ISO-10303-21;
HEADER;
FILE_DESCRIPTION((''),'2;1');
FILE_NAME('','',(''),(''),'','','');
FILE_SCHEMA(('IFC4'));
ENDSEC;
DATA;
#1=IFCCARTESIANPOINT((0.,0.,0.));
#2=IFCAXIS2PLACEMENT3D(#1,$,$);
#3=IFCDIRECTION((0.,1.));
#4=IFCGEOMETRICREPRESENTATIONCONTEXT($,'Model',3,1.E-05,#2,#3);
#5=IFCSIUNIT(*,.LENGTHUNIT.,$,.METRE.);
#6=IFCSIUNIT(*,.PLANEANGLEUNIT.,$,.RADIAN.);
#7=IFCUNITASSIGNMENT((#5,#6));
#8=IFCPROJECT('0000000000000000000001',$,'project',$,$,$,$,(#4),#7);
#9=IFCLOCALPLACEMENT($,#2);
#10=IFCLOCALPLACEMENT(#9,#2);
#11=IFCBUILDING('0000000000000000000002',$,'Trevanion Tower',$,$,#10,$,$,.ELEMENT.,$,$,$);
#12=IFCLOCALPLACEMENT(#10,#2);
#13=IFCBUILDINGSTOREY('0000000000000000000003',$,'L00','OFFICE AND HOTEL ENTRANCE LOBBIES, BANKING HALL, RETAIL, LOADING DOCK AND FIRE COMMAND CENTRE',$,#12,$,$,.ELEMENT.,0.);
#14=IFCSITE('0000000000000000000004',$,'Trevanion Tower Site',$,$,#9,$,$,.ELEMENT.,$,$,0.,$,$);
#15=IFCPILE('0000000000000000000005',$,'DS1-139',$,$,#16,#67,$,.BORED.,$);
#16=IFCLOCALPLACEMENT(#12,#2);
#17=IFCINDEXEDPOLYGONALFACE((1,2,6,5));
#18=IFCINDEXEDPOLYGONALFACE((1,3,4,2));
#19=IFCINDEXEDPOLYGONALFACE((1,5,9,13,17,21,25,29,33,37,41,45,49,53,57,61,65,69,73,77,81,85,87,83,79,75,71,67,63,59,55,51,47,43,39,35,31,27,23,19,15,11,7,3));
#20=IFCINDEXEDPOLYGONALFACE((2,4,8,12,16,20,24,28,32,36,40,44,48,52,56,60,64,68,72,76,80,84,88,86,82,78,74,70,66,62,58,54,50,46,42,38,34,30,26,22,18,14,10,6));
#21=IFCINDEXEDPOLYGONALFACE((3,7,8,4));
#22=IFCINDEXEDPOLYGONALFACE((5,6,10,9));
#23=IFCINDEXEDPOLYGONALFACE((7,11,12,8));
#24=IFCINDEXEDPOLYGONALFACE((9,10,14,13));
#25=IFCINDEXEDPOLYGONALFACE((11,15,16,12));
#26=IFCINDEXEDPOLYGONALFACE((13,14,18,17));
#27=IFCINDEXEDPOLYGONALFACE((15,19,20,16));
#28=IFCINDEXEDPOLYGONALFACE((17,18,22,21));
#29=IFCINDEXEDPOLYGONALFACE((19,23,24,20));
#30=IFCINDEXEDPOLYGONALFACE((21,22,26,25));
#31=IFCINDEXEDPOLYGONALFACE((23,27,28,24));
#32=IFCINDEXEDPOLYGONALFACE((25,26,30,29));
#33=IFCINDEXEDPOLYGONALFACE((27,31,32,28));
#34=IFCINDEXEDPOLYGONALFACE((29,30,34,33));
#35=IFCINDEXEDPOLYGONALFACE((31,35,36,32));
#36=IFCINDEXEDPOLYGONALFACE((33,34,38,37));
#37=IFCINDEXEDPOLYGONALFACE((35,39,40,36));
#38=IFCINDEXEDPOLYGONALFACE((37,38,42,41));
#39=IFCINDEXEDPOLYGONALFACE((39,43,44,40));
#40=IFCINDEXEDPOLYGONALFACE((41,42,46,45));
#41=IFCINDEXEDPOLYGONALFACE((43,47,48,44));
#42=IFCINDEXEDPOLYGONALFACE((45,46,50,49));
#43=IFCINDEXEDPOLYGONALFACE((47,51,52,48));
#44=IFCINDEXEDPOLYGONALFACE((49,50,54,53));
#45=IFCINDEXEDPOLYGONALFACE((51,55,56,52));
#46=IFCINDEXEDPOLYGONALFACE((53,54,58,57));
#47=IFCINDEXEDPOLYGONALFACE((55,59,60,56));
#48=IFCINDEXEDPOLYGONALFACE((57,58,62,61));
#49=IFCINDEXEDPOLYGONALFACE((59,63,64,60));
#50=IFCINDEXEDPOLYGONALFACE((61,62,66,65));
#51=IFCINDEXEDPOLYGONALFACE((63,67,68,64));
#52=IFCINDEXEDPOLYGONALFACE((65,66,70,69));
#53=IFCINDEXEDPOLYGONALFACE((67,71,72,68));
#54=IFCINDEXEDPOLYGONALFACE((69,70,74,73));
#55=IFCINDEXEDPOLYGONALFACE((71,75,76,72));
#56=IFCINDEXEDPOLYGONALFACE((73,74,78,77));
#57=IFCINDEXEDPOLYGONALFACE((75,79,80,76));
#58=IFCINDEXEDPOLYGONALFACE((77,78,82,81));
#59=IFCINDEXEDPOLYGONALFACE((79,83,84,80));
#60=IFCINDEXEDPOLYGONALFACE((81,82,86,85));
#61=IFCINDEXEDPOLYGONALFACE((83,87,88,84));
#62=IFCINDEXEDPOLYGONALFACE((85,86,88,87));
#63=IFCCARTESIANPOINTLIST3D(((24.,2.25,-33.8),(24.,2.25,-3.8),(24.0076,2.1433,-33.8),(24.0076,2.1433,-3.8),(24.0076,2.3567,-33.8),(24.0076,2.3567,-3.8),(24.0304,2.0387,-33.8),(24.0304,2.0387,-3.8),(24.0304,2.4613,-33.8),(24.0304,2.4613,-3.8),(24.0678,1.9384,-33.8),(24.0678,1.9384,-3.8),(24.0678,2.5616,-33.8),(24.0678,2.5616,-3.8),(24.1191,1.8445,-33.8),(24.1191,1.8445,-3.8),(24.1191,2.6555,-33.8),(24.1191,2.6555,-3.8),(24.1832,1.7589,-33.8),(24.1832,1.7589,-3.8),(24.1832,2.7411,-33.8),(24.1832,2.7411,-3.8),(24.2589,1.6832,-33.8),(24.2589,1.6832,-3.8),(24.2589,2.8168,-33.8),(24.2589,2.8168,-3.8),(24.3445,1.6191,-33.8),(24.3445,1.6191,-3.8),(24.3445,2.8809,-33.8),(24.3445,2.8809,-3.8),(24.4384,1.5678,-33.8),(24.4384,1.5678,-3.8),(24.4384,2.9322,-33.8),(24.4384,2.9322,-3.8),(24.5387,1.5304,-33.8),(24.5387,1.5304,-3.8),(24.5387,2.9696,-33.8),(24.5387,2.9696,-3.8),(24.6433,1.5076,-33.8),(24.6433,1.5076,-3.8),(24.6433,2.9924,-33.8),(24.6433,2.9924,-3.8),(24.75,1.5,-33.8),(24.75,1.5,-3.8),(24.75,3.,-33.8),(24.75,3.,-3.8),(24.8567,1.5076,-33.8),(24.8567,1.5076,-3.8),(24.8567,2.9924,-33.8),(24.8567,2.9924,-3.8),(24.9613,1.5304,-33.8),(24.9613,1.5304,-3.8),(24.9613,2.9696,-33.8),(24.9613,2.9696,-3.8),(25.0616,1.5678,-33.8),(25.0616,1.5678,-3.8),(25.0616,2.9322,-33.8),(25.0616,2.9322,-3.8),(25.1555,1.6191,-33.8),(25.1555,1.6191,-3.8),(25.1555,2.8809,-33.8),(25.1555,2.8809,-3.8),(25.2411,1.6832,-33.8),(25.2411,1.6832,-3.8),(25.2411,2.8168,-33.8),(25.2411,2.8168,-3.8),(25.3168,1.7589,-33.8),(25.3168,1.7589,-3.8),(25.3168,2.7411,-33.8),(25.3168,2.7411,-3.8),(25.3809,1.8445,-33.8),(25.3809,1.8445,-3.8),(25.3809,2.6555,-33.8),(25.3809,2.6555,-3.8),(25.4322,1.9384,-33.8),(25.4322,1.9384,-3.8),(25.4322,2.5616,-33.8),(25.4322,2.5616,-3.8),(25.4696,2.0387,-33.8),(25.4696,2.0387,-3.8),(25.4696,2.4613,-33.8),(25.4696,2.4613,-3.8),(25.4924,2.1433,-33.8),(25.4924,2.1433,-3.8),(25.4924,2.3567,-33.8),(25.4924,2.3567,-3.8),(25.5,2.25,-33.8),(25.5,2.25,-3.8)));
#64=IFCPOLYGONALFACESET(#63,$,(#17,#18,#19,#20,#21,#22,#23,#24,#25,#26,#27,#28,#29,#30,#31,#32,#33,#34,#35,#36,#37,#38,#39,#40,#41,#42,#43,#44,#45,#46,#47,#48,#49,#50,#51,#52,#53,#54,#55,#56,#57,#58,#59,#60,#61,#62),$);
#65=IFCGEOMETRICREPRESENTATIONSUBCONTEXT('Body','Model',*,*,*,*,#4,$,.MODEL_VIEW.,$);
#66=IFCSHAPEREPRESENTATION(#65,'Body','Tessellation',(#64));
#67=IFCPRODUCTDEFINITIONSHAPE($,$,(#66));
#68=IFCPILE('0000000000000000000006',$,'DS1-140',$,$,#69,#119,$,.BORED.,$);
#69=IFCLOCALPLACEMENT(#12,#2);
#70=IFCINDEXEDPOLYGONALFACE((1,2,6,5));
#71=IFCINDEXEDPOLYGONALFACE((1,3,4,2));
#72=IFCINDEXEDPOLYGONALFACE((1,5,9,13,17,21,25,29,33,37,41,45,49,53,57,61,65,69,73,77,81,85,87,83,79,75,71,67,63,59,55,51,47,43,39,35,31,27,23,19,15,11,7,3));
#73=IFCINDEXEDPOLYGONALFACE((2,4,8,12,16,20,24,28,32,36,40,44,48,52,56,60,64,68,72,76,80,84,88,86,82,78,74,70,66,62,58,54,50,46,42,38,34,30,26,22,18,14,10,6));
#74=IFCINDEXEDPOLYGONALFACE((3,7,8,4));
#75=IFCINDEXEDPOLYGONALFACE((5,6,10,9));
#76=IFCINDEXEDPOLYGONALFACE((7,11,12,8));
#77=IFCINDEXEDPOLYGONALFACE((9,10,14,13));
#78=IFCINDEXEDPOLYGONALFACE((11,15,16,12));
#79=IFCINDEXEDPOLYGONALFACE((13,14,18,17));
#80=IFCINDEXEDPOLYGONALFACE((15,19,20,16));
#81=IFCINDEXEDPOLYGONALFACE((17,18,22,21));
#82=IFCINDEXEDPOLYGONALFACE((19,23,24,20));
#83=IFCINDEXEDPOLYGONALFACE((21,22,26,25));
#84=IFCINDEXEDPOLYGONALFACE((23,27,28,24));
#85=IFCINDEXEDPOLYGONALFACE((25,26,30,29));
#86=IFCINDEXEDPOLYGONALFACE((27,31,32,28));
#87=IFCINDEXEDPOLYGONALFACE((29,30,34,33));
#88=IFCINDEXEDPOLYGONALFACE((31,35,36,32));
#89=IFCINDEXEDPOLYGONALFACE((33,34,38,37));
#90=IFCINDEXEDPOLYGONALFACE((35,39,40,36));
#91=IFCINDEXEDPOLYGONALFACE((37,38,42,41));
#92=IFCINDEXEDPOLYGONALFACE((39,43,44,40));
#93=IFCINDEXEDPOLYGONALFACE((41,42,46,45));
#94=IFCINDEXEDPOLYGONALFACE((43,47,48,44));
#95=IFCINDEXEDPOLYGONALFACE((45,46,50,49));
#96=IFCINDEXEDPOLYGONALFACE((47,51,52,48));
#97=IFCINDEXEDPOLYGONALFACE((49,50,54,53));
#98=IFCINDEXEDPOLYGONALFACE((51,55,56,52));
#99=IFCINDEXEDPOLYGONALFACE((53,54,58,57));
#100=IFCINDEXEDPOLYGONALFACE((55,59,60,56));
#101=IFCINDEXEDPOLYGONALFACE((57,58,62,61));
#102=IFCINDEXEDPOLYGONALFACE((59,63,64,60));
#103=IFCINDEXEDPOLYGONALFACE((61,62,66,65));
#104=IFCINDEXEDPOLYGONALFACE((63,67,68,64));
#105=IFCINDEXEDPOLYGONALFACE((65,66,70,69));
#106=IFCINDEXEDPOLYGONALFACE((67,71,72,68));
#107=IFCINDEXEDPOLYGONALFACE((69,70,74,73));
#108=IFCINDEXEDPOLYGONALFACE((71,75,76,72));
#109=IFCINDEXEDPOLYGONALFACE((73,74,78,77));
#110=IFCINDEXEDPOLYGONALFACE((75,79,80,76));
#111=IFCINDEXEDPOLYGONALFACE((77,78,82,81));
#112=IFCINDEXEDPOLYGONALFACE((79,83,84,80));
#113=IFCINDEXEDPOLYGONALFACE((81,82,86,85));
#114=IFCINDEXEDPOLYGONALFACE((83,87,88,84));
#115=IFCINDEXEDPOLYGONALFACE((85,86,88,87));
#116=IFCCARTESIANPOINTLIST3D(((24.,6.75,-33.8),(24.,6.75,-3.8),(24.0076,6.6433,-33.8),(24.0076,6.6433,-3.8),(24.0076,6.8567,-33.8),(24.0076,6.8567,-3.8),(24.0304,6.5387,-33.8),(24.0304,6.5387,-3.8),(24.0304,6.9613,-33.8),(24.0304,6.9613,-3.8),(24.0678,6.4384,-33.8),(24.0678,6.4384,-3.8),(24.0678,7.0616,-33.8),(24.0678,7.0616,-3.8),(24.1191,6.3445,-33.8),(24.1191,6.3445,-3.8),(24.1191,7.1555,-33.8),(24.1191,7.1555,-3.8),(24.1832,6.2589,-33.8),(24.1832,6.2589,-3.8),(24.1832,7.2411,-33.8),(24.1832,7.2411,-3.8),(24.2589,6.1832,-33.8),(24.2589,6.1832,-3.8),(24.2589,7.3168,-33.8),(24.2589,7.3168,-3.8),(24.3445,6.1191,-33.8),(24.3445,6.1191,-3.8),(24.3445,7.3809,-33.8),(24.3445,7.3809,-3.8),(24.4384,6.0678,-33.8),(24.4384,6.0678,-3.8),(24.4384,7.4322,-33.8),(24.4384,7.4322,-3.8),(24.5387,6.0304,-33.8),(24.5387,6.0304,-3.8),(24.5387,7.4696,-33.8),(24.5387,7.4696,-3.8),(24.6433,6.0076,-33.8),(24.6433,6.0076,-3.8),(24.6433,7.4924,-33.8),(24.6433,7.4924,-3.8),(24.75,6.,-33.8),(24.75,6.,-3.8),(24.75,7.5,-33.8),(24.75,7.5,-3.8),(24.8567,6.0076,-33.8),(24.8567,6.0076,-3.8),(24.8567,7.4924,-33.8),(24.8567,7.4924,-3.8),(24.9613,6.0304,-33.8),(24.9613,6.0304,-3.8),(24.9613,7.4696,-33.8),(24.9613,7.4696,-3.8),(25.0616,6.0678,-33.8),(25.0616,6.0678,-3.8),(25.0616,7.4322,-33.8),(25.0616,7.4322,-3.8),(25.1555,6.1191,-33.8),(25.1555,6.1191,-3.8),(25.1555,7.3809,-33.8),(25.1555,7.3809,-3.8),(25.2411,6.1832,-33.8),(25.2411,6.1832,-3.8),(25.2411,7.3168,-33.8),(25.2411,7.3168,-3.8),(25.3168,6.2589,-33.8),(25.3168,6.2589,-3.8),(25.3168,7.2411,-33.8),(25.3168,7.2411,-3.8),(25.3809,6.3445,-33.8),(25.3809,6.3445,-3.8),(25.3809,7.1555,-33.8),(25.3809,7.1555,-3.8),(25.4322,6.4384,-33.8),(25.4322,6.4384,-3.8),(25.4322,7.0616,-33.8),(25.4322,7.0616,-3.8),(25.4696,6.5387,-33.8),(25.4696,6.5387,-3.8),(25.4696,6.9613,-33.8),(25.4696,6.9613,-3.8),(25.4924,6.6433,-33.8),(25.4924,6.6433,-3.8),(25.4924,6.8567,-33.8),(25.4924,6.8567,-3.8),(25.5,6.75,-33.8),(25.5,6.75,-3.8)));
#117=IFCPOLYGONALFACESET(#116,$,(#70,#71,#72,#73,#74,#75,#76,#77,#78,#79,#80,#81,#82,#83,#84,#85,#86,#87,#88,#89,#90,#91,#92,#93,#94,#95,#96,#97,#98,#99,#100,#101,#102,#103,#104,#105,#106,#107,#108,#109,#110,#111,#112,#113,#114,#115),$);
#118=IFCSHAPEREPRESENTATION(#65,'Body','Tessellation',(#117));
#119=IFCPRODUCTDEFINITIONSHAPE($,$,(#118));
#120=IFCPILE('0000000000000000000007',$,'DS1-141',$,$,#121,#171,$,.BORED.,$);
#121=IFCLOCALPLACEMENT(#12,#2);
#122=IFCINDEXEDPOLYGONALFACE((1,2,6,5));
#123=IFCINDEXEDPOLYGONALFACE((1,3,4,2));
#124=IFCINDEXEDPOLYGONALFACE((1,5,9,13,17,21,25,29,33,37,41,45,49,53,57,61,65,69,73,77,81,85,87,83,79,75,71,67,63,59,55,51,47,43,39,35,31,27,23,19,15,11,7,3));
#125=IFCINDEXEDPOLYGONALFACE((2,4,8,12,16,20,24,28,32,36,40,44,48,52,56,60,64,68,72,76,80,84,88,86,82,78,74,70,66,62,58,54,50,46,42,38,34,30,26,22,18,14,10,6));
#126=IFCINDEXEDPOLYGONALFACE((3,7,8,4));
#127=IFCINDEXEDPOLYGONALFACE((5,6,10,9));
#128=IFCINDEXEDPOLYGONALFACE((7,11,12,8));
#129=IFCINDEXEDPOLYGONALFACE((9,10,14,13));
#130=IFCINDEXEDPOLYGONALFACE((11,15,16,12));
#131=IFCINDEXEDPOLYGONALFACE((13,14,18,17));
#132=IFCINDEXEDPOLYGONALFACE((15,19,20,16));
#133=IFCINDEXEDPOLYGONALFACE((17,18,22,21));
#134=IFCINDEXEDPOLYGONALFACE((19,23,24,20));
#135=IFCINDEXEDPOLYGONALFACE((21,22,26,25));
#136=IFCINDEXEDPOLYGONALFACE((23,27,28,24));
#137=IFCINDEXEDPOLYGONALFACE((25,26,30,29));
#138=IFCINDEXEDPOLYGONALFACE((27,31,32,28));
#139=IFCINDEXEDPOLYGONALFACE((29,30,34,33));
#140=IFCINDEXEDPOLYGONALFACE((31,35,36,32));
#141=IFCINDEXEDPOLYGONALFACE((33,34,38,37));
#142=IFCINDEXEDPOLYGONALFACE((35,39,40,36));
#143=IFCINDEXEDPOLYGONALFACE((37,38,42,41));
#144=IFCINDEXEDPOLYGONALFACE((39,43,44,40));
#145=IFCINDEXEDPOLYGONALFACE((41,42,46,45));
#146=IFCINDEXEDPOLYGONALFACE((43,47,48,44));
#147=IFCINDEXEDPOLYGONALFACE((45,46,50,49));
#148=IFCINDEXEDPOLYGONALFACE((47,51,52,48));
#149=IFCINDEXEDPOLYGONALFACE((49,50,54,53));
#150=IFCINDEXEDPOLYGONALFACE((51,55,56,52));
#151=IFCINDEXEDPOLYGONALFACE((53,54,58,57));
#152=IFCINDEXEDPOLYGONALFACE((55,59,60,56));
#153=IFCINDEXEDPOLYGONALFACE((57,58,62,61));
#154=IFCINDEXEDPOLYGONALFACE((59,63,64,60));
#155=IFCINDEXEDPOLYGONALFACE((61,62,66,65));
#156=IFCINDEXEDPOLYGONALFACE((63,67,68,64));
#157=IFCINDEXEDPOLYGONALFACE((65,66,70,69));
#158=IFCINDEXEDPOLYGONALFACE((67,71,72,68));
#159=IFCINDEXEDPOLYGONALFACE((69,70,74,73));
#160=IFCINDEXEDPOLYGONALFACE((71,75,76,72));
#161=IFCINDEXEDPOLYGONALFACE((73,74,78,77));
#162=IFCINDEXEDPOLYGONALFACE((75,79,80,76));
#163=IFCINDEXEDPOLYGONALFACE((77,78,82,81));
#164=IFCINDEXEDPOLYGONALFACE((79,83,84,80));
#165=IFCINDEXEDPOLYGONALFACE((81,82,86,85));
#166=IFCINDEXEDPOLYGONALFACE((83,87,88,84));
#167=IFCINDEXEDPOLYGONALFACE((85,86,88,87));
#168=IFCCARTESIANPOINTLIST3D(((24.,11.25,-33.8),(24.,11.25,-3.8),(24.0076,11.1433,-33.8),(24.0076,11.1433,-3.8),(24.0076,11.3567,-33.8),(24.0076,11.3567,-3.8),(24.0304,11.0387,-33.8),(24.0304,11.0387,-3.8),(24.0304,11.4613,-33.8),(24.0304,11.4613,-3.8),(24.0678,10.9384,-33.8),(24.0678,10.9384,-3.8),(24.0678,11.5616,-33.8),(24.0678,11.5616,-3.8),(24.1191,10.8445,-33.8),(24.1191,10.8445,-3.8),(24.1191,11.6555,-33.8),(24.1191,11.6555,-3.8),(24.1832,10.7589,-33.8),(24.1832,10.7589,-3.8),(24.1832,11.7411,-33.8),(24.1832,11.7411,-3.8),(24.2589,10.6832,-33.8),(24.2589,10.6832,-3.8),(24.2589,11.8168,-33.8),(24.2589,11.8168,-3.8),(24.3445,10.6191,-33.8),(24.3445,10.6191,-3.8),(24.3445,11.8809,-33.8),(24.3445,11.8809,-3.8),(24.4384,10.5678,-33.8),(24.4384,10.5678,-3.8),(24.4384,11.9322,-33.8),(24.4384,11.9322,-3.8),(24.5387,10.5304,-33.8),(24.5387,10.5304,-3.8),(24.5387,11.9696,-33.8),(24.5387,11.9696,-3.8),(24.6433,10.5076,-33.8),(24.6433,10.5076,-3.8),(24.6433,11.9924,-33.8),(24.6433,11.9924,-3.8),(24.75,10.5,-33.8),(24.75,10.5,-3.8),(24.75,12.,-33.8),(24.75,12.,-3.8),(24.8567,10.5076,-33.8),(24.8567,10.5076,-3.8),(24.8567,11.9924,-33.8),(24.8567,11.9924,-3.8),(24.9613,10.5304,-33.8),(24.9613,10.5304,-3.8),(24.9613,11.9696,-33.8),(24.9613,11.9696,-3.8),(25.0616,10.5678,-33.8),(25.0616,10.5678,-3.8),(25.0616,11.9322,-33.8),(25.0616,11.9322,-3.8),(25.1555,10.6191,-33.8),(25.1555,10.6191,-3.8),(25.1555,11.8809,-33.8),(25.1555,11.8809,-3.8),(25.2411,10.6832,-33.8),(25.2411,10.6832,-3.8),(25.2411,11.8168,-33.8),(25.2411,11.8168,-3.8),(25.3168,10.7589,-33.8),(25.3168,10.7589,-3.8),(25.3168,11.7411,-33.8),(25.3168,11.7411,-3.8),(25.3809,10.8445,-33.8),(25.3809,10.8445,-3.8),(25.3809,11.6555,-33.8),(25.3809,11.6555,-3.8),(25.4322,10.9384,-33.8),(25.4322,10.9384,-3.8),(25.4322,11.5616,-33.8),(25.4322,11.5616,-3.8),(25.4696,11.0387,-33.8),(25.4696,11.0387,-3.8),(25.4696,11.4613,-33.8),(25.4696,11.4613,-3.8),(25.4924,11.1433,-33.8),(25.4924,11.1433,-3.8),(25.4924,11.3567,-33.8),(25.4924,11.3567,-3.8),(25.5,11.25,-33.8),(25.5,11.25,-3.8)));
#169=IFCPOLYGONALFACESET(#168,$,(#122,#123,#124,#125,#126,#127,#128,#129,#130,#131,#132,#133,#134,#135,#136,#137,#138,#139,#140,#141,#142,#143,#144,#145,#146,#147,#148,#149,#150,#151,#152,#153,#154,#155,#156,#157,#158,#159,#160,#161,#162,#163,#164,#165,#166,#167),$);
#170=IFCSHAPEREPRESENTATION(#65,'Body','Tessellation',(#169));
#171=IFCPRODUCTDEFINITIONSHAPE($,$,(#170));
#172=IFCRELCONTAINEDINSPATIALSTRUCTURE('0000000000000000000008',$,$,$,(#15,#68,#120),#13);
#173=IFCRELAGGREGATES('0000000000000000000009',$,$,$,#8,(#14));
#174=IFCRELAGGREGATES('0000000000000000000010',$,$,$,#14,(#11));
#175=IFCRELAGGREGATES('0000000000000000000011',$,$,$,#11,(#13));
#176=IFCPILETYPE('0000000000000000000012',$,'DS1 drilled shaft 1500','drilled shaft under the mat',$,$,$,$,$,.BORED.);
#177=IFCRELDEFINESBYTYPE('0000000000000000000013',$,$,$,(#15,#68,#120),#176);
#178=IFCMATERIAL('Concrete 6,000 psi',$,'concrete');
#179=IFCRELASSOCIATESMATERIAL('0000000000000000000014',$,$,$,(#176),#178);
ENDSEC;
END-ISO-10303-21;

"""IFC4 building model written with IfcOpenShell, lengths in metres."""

from ifc_helpers import new_model, si_unit, direction, frame, origin, origin_2d, place, context, subcontext, project, spatial, circle, extrude, material, material_profile, profile_set, type_object, element, save


model = new_model("IFC4")

# Units and contexts
model_context = context("Model", 3, precision=1e-05, world=origin(), true_north=direction((0.0, 1.0)))
body_context = subcontext(model_context, "Body", "Model", "MODEL_VIEW")
ifc_project = project(units=[si_unit("LENGTHUNIT", "METRE"), si_unit("PLANEANGLEUNIT", "RADIAN")], contexts=[model_context])

# Site, building, storey
site_placement = place(None, origin())
site = spatial("IfcSite", under=ifc_project, at=site_placement, Name="Trevanion Tower Site", CompositionType="ELEMENT", RefElevation=0.0)
building_placement = place(site_placement, origin())
building = spatial("IfcBuilding", under=site, at=building_placement, Name="Trevanion Tower", CompositionType="ELEMENT")
storey_placement = place(building_placement, origin())
storey = spatial("IfcBuildingStorey", under=building, at=storey_placement, Name="L00", Description="OFFICE AND HOTEL ENTRANCE LOBBIES, BANKING HALL, RETAIL, LOADING DOCK AND FIRE COMMAND CENTRE", CompositionType="ELEMENT", Elevation=0.0)

# Piles
ifc_material_1 = material(Name="Concrete 6,000 psi", Category="concrete")
ifc_material_profile_1 = material_profile(ifc_material_1, circle(Radius=0.75, at=origin_2d()), Name="DS1 drilled shaft 1500")
ifc_profile_set_1 = profile_set([ifc_material_profile_1], Name="Concrete 6,000 psi")
pile_type_1 = type_object("IfcPileType", Name="DS1 drilled shaft 1500", Description="drilled shaft under the mat", PredefinedType="BORED", material=ifc_profile_set_1)
for number, where, z_axis, x_axis, name in (
    (1, (24.75, 2.25, -3.8), (0.0, 0.0, -1.0), (1.0, 0.0, 0.0), "DS1-139"),
    (2, (24.75, 6.75, -3.8), (0.0, 0.0, -1.0), (1.0, 0.0, 0.0), "DS1-140"),
    (3, (24.75, 11.25, -3.8), (0.0, 0.0, -1.0), (1.0, 0.0, 0.0), "DS1-141"),
):
    element("IfcPile", number, at=place(storey_placement, frame(where, z_axis=z_axis, x_axis=x_axis)), inside=storey, type_object=pile_type_1, Name=name, PredefinedType="BORED", context=body_context, shape_type="SweptSolid", body=[
        extrude(circle(Radius=0.75, at=origin_2d()), origin(), (0.0, 0.0, 1.0), 30.0),
    ])

save(model, "model.ifc")
